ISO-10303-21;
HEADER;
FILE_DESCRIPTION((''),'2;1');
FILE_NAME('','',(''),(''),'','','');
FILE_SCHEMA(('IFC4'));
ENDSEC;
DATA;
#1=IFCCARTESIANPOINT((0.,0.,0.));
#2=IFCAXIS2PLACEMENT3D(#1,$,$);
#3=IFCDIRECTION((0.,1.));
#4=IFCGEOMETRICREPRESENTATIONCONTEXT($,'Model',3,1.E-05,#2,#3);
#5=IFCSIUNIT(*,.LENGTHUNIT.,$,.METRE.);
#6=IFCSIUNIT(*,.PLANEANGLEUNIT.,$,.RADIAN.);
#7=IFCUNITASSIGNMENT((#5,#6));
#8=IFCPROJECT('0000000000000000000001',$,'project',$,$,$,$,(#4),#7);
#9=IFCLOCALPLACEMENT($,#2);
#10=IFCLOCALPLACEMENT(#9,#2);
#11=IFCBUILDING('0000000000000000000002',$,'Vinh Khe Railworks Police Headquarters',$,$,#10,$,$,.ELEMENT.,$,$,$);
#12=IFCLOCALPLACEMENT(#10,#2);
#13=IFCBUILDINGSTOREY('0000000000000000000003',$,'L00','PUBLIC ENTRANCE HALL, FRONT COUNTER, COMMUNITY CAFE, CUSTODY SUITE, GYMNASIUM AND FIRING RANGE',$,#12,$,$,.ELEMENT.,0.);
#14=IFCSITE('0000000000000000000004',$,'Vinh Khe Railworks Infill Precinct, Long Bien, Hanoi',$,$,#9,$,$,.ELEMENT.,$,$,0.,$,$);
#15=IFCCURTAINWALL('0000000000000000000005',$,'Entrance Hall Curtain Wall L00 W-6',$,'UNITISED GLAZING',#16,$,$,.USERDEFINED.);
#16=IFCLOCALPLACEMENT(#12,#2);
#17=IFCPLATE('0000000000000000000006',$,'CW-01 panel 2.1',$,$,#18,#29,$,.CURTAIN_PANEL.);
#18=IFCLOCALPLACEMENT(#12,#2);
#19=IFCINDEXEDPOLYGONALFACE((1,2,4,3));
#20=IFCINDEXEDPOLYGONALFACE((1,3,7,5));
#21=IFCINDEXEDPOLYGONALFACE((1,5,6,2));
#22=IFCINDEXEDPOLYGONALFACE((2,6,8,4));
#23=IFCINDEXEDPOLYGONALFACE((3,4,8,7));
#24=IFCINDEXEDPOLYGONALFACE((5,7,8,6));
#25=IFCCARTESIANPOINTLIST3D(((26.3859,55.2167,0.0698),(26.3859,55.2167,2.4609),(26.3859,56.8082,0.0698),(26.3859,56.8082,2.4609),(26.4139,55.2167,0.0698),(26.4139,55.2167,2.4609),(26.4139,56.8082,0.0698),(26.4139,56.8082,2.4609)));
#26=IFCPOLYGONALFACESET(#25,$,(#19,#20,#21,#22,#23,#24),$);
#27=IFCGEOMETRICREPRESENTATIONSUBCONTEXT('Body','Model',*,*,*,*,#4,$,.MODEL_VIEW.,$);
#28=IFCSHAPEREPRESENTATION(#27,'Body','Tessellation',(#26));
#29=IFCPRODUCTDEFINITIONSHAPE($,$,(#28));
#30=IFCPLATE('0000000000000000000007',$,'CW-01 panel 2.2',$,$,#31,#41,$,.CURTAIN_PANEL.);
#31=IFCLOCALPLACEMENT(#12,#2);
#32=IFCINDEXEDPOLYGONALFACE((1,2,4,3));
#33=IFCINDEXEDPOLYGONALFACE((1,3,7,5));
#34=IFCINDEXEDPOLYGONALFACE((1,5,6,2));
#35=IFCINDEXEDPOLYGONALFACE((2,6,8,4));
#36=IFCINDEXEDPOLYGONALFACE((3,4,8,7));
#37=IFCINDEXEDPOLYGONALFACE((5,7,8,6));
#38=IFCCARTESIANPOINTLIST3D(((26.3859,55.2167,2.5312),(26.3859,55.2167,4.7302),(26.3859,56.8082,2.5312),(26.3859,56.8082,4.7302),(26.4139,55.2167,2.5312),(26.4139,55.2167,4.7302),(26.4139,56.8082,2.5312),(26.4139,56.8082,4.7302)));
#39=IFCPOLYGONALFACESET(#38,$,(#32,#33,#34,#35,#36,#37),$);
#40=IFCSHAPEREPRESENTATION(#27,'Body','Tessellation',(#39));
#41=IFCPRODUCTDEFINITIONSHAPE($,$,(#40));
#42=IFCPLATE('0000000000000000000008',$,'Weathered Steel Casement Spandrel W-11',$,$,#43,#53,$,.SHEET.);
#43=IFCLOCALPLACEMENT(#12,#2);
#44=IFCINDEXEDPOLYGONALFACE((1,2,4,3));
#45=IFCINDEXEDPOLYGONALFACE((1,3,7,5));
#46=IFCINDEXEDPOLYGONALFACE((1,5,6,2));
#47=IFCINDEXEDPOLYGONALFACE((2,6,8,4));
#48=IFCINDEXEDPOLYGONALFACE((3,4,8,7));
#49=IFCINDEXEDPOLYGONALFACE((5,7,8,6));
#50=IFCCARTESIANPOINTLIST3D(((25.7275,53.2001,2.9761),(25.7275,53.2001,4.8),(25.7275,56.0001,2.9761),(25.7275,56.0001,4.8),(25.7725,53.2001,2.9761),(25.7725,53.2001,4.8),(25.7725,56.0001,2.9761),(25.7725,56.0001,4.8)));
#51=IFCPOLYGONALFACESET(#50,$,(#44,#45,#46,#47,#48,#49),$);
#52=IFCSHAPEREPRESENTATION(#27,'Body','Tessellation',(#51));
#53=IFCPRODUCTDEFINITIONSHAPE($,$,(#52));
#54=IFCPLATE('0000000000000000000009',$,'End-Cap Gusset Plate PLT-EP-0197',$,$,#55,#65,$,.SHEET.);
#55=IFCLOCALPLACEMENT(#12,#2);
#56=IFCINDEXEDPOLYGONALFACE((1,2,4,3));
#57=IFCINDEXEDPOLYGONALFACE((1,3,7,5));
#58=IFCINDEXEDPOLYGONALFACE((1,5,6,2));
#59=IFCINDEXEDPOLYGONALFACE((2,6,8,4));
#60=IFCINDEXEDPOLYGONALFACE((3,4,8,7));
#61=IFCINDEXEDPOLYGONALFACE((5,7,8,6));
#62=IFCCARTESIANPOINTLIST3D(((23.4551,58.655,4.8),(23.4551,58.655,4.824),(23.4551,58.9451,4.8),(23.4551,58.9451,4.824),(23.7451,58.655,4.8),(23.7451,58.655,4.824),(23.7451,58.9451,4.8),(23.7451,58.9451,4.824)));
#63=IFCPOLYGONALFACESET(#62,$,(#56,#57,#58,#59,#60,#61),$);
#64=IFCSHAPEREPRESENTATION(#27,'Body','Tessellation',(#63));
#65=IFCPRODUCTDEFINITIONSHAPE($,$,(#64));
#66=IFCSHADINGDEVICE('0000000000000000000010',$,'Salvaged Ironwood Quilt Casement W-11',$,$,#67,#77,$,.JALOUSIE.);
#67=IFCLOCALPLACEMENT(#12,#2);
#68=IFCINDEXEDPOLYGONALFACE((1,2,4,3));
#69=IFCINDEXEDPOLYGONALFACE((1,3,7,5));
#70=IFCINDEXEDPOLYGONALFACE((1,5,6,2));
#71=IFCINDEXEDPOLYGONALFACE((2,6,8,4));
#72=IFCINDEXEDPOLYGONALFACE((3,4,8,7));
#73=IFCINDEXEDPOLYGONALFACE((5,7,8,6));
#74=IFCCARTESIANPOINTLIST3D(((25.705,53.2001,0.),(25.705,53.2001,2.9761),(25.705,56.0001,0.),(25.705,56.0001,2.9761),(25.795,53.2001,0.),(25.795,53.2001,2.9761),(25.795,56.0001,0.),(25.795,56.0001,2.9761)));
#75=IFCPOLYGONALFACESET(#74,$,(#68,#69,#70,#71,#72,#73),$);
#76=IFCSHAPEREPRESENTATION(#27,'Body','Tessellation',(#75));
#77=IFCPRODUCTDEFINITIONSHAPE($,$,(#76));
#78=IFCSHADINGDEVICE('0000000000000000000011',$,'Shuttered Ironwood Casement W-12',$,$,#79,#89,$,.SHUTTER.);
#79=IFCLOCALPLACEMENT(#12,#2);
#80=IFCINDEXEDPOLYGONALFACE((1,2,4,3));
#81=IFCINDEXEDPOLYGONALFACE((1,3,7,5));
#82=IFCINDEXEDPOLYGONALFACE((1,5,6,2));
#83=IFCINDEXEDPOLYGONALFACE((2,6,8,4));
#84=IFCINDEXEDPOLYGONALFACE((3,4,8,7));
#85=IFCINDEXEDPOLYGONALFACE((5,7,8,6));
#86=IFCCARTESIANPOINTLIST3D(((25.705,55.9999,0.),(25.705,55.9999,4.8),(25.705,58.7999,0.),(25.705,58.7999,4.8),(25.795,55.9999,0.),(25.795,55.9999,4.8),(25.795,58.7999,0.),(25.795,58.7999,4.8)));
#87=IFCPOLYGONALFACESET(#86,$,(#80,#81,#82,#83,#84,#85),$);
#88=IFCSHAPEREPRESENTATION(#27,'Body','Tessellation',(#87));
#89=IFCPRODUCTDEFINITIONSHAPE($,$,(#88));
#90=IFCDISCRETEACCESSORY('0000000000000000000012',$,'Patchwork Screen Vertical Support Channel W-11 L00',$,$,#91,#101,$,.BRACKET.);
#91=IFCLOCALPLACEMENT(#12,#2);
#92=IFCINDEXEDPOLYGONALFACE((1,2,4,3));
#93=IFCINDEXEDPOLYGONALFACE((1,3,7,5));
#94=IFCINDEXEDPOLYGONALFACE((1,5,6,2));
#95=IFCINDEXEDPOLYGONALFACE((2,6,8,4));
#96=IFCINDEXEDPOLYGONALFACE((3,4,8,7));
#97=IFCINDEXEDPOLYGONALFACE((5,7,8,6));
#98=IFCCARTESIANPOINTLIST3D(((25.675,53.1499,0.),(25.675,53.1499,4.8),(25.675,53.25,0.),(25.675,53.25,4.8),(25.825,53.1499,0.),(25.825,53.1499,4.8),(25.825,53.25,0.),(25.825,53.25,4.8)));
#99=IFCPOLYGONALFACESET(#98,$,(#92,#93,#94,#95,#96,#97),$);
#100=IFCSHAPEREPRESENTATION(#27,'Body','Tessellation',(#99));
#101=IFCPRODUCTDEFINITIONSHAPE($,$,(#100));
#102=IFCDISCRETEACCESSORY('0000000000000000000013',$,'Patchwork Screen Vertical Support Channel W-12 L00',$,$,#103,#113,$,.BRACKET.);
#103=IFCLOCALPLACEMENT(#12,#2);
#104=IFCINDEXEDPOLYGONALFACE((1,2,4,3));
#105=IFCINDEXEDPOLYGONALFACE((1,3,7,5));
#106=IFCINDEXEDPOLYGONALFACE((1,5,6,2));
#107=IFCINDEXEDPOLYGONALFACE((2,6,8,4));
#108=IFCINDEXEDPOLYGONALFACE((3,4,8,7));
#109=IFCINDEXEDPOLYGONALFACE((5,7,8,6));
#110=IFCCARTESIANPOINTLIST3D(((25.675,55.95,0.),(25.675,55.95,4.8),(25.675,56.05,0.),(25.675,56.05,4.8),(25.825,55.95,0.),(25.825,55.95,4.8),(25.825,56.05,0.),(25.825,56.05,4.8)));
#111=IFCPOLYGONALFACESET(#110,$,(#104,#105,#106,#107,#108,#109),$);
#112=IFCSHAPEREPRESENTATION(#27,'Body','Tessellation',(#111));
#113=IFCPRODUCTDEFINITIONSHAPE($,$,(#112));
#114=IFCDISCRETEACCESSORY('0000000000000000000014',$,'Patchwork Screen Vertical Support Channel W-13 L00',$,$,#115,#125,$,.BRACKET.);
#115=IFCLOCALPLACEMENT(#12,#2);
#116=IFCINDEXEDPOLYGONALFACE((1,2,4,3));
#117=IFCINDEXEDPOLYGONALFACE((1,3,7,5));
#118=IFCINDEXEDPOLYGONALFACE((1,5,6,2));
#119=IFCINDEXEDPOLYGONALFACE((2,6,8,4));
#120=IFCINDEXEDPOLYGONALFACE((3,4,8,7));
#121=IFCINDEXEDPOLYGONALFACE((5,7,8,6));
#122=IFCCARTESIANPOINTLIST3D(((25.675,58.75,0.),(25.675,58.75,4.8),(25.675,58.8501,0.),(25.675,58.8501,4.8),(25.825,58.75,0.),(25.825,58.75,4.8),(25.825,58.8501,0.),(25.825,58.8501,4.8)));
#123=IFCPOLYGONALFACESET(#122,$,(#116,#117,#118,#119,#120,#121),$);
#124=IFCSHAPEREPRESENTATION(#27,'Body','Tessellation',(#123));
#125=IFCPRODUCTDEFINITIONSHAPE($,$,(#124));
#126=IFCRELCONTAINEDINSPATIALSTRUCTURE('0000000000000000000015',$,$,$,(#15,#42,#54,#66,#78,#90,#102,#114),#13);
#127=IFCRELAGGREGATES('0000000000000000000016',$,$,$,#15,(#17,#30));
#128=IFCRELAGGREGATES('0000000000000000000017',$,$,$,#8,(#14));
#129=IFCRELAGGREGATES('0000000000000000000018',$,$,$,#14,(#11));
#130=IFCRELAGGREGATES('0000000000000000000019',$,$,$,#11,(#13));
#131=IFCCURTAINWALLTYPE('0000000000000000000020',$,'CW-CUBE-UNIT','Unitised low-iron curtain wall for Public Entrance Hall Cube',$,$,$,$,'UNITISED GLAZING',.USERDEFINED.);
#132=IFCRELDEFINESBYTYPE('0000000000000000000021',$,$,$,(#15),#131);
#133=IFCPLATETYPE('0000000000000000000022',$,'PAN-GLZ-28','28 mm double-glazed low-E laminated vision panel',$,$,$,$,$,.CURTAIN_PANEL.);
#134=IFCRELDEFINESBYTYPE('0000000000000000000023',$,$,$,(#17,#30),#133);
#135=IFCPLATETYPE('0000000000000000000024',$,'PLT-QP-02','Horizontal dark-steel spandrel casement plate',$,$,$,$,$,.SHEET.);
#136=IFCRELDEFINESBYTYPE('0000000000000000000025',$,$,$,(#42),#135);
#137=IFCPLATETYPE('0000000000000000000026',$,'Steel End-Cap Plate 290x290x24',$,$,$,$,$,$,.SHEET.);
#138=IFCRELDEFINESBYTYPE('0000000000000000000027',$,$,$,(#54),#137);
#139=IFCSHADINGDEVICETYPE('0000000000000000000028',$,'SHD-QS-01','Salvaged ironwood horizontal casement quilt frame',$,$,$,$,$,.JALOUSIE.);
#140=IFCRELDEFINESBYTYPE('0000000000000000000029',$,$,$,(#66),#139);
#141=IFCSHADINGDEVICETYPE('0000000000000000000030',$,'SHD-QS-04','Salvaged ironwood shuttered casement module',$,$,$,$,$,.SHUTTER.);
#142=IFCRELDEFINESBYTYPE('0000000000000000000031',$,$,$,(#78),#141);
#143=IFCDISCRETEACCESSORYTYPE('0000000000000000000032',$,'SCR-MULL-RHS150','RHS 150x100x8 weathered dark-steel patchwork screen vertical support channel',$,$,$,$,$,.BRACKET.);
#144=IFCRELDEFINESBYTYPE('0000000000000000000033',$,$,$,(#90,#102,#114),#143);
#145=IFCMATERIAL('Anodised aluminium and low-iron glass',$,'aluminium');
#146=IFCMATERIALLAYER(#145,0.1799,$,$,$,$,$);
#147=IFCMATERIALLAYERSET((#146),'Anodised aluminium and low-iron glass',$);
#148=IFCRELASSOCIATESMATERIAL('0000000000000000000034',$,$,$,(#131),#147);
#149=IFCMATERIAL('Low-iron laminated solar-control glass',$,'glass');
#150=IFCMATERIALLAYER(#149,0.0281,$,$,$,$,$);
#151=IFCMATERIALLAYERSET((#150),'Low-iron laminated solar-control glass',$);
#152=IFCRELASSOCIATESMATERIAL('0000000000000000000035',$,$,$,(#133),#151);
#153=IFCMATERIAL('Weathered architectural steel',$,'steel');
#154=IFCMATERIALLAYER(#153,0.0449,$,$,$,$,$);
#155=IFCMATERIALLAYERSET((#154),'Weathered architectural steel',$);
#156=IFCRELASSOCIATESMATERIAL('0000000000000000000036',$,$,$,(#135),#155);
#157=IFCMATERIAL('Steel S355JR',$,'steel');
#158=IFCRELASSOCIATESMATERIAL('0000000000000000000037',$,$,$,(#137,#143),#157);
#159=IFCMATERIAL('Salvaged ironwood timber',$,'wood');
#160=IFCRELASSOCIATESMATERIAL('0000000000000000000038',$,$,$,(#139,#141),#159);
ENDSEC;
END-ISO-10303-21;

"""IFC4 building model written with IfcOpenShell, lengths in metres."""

from ifc_helpers import new_model, si_unit, direction, frame, origin, origin_2d, place, context, subcontext, project, spatial, rectangle, extrude, material, layer, layer_set, material_profile, profile_set, type_object, element, aggregate, save


model = new_model("IFC4")

# Units and contexts
model_context = context("Model", 3, precision=1e-05, world=origin(), true_north=direction((0.0, 1.0)))
body_context = subcontext(model_context, "Body", "Model", "MODEL_VIEW")
ifc_project = project(units=[si_unit("LENGTHUNIT", "METRE"), si_unit("PLANEANGLEUNIT", "RADIAN")], contexts=[model_context])

# Site, building, storey
site_placement = place(None, origin())
site = spatial("IfcSite", under=ifc_project, at=site_placement, Name="Vinh Khe Railworks Infill Precinct, Long Bien, Hanoi", CompositionType="ELEMENT", RefElevation=0.0)
building_placement = place(site_placement, origin())
building = spatial("IfcBuilding", under=site, at=building_placement, Name="Vinh Khe Railworks Police Headquarters", CompositionType="ELEMENT")
storey_placement = place(building_placement, origin())
storey = spatial("IfcBuildingStorey", under=building, at=storey_placement, Name="L00", Description="PUBLIC ENTRANCE HALL, FRONT COUNTER, COMMUNITY CAFE, CUSTODY SUITE, GYMNASIUM AND FIRING RANGE", CompositionType="ELEMENT", Elevation=0.0)

# Shared definitions
ifc_material_1 = material(Name="Steel S355JR", Category="steel")

# Shared definitions
ifc_material_2 = material(Name="Salvaged ironwood timber", Category="wood")

# Curtain wall
ifc_material_3 = material(Name="Anodised aluminium and low-iron glass", Category="aluminium")
ifc_layer_1 = layer(ifc_material_3, 0.1799)
ifc_layer_set_1 = layer_set([ifc_layer_1], Name="Anodised aluminium and low-iron glass")
curtain_wall_type = type_object("IfcCurtainWallType", Name="CW-CUBE-UNIT", Description="Unitised low-iron curtain wall for Public Entrance Hall Cube", ElementType="UNITISED GLAZING", PredefinedType="USERDEFINED", material=ifc_layer_set_1)
curtain_wall_placement = place(storey_placement, origin())
curtain_wall = element("IfcCurtainWall", 1, at=curtain_wall_placement, inside=storey, type_object=curtain_wall_type, Name="Entrance Hall Curtain Wall L00 W-6", ObjectType="UNITISED GLAZING", PredefinedType="USERDEFINED")

# Plates
ifc_material_4 = material(Name="Low-iron laminated solar-control glass", Category="glass")
ifc_layer_2 = layer(ifc_material_4, 0.0281)
ifc_layer_set_2 = layer_set([ifc_layer_2], Name="Low-iron laminated solar-control glass")
plate_type_1 = type_object("IfcPlateType", Name="PAN-GLZ-28", Description="28 mm double-glazed low-E laminated vision panel", PredefinedType="CURTAIN_PANEL", material=ifc_layer_set_2)
plate_1_placement = place(storey_placement, frame((26.3999, 56.0125, 0.0698), z_axis=(0.0, 0.0, 1.0), x_axis=(0.0, 1.0, 0.0)))
plate_1 = element("IfcPlate", 2, at=plate_1_placement, type_object=plate_type_1, Name="CW-01 panel 2.1", PredefinedType="CURTAIN_PANEL", context=body_context, shape_type="SweptSolid", body=[
    extrude(rectangle(XDim=1.5916, YDim=0.0281, at=origin_2d()), origin(), (0.0, 0.0, 1.0), 2.3911),
])
plate_2_placement = place(storey_placement, frame((26.3999, 56.0125, 2.5312), z_axis=(0.0, 0.0, 1.0), x_axis=(0.0, 1.0, 0.0)))
plate_2 = element("IfcPlate", 3, at=plate_2_placement, type_object=plate_type_1, Name="CW-01 panel 2.2", PredefinedType="CURTAIN_PANEL", context=body_context, shape_type="SweptSolid", body=[
    extrude(rectangle(XDim=1.5916, YDim=0.0281, at=origin_2d()), origin(), (0.0, 0.0, 1.0), 2.199),
])
aggregate(curtain_wall, [plate_1, plate_2])

# Plates
ifc_material_5 = material(Name="Weathered architectural steel", Category="steel")
ifc_layer_3 = layer(ifc_material_5, 0.0449)
ifc_layer_set_3 = layer_set([ifc_layer_3], Name="Weathered architectural steel")
plate_type_2 = type_object("IfcPlateType", Name="PLT-QP-02", Description="Horizontal dark-steel spandrel casement plate", PredefinedType="SHEET", material=ifc_layer_set_3)
plate_3_placement = place(storey_placement, frame((25.75, 54.6001, 2.9761), z_axis=(0.0, 0.0, 1.0), x_axis=(0.0, 1.0, 0.0)))
element("IfcPlate", 4, at=plate_3_placement, inside=storey, type_object=plate_type_2, Name="Weathered Steel Casement Spandrel W-11", PredefinedType="SHEET", context=body_context, shape_type="SweptSolid", body=[
    extrude(rectangle(XDim=2.8, YDim=0.0449, at=origin_2d()), origin(), (0.0, 0.0, 1.0), 1.824),
])
ifc_material_profile_1 = material_profile(ifc_material_1, rectangle(XDim=0.29, YDim=0.29, at=origin_2d()), Name="PL 290x290")
ifc_profile_set_1 = profile_set([ifc_material_profile_1], Name="Steel S355JR")
plate_type_3 = type_object("IfcPlateType", Name="Steel End-Cap Plate 290x290x24", PredefinedType="SHEET", material=ifc_profile_set_1)
plate_4_placement = place(storey_placement, frame((23.6001, 58.8, 4.8), z_axis=(0.0, 0.0, 1.0), x_axis=(1.0, 0.0, 0.0)))
element("IfcPlate", 5, at=plate_4_placement, inside=storey, type_object=plate_type_3, Name="End-Cap Gusset Plate PLT-EP-0197", PredefinedType="SHEET", context=body_context, shape_type="SweptSolid", body=[
    extrude(rectangle(XDim=0.29, YDim=0.29, at=origin_2d()), origin(), (0.0, 0.0, 1.0), 0.0239),
])

# Shading devices
shading_device_type_1 = type_object("IfcShadingDeviceType", Name="SHD-QS-01", Description="Salvaged ironwood horizontal casement quilt frame", PredefinedType="JALOUSIE", material=ifc_material_2)
shading_device_1_placement = place(storey_placement, frame((25.75, 54.6001, 0.0), z_axis=(0.0, 0.0, 1.0), x_axis=(0.0, 1.0, 0.0)))
element("IfcShadingDevice", 6, at=shading_device_1_placement, inside=storey, type_object=shading_device_type_1, Name="Salvaged Ironwood Quilt Casement W-11", PredefinedType="JALOUSIE", context=body_context, shape_type="SweptSolid", body=[
    extrude(rectangle(XDim=2.8, YDim=0.0901, at=origin_2d()), origin(), (0.0, 0.0, 1.0), 2.9761),
])
shading_device_type_2 = type_object("IfcShadingDeviceType", Name="SHD-QS-04", Description="Salvaged ironwood shuttered casement module", PredefinedType="SHUTTER", material=ifc_material_2)
shading_device_2_placement = place(storey_placement, frame((25.75, 57.3999, 0.0), z_axis=(0.0, 0.0, 1.0), x_axis=(0.0, 1.0, 0.0)))
element("IfcShadingDevice", 7, at=shading_device_2_placement, inside=storey, type_object=shading_device_type_2, Name="Shuttered Ironwood Casement W-12", PredefinedType="SHUTTER", context=body_context, shape_type="SweptSolid", body=[
    extrude(rectangle(XDim=2.8, YDim=0.0901, at=origin_2d()), origin(), (0.0, 0.0, 1.0), 4.8),
])

# Discrete accessories
discrete_accessory_type = type_object("IfcDiscreteAccessoryType", Name="SCR-MULL-RHS150", Description="RHS 150x100x8 weathered dark-steel patchwork screen vertical support channel", PredefinedType="BRACKET", material=ifc_material_1)
for number, where, z_axis, x_axis, name in (
    (8, (25.75, 53.2, 0.0), (0.0, 0.0, 1.0), (1.0, 0.0, 0.0), "Patchwork Screen Vertical Support Channel W-11 L00"),
    (9, (25.75, 56.0, 0.0), (0.0, 0.0, 1.0), (1.0, 0.0, 0.0), "Patchwork Screen Vertical Support Channel W-12 L00"),
    (10, (25.75, 58.8, 0.0), (0.0, 0.0, 1.0), (1.0, 0.0, 0.0), "Patchwork Screen Vertical Support Channel W-13 L00"),
):
    element("IfcDiscreteAccessory", number, at=place(storey_placement, frame(where, z_axis=z_axis, x_axis=x_axis)), inside=storey, type_object=discrete_accessory_type, Name=name, PredefinedType="BRACKET", context=body_context, shape_type="SweptSolid", body=[
        extrude(rectangle(XDim=0.1499, YDim=0.1001, at=origin_2d()), origin(), (0.0, 0.0, 1.0), 4.8),
    ])

save(model, "model.ifc")
